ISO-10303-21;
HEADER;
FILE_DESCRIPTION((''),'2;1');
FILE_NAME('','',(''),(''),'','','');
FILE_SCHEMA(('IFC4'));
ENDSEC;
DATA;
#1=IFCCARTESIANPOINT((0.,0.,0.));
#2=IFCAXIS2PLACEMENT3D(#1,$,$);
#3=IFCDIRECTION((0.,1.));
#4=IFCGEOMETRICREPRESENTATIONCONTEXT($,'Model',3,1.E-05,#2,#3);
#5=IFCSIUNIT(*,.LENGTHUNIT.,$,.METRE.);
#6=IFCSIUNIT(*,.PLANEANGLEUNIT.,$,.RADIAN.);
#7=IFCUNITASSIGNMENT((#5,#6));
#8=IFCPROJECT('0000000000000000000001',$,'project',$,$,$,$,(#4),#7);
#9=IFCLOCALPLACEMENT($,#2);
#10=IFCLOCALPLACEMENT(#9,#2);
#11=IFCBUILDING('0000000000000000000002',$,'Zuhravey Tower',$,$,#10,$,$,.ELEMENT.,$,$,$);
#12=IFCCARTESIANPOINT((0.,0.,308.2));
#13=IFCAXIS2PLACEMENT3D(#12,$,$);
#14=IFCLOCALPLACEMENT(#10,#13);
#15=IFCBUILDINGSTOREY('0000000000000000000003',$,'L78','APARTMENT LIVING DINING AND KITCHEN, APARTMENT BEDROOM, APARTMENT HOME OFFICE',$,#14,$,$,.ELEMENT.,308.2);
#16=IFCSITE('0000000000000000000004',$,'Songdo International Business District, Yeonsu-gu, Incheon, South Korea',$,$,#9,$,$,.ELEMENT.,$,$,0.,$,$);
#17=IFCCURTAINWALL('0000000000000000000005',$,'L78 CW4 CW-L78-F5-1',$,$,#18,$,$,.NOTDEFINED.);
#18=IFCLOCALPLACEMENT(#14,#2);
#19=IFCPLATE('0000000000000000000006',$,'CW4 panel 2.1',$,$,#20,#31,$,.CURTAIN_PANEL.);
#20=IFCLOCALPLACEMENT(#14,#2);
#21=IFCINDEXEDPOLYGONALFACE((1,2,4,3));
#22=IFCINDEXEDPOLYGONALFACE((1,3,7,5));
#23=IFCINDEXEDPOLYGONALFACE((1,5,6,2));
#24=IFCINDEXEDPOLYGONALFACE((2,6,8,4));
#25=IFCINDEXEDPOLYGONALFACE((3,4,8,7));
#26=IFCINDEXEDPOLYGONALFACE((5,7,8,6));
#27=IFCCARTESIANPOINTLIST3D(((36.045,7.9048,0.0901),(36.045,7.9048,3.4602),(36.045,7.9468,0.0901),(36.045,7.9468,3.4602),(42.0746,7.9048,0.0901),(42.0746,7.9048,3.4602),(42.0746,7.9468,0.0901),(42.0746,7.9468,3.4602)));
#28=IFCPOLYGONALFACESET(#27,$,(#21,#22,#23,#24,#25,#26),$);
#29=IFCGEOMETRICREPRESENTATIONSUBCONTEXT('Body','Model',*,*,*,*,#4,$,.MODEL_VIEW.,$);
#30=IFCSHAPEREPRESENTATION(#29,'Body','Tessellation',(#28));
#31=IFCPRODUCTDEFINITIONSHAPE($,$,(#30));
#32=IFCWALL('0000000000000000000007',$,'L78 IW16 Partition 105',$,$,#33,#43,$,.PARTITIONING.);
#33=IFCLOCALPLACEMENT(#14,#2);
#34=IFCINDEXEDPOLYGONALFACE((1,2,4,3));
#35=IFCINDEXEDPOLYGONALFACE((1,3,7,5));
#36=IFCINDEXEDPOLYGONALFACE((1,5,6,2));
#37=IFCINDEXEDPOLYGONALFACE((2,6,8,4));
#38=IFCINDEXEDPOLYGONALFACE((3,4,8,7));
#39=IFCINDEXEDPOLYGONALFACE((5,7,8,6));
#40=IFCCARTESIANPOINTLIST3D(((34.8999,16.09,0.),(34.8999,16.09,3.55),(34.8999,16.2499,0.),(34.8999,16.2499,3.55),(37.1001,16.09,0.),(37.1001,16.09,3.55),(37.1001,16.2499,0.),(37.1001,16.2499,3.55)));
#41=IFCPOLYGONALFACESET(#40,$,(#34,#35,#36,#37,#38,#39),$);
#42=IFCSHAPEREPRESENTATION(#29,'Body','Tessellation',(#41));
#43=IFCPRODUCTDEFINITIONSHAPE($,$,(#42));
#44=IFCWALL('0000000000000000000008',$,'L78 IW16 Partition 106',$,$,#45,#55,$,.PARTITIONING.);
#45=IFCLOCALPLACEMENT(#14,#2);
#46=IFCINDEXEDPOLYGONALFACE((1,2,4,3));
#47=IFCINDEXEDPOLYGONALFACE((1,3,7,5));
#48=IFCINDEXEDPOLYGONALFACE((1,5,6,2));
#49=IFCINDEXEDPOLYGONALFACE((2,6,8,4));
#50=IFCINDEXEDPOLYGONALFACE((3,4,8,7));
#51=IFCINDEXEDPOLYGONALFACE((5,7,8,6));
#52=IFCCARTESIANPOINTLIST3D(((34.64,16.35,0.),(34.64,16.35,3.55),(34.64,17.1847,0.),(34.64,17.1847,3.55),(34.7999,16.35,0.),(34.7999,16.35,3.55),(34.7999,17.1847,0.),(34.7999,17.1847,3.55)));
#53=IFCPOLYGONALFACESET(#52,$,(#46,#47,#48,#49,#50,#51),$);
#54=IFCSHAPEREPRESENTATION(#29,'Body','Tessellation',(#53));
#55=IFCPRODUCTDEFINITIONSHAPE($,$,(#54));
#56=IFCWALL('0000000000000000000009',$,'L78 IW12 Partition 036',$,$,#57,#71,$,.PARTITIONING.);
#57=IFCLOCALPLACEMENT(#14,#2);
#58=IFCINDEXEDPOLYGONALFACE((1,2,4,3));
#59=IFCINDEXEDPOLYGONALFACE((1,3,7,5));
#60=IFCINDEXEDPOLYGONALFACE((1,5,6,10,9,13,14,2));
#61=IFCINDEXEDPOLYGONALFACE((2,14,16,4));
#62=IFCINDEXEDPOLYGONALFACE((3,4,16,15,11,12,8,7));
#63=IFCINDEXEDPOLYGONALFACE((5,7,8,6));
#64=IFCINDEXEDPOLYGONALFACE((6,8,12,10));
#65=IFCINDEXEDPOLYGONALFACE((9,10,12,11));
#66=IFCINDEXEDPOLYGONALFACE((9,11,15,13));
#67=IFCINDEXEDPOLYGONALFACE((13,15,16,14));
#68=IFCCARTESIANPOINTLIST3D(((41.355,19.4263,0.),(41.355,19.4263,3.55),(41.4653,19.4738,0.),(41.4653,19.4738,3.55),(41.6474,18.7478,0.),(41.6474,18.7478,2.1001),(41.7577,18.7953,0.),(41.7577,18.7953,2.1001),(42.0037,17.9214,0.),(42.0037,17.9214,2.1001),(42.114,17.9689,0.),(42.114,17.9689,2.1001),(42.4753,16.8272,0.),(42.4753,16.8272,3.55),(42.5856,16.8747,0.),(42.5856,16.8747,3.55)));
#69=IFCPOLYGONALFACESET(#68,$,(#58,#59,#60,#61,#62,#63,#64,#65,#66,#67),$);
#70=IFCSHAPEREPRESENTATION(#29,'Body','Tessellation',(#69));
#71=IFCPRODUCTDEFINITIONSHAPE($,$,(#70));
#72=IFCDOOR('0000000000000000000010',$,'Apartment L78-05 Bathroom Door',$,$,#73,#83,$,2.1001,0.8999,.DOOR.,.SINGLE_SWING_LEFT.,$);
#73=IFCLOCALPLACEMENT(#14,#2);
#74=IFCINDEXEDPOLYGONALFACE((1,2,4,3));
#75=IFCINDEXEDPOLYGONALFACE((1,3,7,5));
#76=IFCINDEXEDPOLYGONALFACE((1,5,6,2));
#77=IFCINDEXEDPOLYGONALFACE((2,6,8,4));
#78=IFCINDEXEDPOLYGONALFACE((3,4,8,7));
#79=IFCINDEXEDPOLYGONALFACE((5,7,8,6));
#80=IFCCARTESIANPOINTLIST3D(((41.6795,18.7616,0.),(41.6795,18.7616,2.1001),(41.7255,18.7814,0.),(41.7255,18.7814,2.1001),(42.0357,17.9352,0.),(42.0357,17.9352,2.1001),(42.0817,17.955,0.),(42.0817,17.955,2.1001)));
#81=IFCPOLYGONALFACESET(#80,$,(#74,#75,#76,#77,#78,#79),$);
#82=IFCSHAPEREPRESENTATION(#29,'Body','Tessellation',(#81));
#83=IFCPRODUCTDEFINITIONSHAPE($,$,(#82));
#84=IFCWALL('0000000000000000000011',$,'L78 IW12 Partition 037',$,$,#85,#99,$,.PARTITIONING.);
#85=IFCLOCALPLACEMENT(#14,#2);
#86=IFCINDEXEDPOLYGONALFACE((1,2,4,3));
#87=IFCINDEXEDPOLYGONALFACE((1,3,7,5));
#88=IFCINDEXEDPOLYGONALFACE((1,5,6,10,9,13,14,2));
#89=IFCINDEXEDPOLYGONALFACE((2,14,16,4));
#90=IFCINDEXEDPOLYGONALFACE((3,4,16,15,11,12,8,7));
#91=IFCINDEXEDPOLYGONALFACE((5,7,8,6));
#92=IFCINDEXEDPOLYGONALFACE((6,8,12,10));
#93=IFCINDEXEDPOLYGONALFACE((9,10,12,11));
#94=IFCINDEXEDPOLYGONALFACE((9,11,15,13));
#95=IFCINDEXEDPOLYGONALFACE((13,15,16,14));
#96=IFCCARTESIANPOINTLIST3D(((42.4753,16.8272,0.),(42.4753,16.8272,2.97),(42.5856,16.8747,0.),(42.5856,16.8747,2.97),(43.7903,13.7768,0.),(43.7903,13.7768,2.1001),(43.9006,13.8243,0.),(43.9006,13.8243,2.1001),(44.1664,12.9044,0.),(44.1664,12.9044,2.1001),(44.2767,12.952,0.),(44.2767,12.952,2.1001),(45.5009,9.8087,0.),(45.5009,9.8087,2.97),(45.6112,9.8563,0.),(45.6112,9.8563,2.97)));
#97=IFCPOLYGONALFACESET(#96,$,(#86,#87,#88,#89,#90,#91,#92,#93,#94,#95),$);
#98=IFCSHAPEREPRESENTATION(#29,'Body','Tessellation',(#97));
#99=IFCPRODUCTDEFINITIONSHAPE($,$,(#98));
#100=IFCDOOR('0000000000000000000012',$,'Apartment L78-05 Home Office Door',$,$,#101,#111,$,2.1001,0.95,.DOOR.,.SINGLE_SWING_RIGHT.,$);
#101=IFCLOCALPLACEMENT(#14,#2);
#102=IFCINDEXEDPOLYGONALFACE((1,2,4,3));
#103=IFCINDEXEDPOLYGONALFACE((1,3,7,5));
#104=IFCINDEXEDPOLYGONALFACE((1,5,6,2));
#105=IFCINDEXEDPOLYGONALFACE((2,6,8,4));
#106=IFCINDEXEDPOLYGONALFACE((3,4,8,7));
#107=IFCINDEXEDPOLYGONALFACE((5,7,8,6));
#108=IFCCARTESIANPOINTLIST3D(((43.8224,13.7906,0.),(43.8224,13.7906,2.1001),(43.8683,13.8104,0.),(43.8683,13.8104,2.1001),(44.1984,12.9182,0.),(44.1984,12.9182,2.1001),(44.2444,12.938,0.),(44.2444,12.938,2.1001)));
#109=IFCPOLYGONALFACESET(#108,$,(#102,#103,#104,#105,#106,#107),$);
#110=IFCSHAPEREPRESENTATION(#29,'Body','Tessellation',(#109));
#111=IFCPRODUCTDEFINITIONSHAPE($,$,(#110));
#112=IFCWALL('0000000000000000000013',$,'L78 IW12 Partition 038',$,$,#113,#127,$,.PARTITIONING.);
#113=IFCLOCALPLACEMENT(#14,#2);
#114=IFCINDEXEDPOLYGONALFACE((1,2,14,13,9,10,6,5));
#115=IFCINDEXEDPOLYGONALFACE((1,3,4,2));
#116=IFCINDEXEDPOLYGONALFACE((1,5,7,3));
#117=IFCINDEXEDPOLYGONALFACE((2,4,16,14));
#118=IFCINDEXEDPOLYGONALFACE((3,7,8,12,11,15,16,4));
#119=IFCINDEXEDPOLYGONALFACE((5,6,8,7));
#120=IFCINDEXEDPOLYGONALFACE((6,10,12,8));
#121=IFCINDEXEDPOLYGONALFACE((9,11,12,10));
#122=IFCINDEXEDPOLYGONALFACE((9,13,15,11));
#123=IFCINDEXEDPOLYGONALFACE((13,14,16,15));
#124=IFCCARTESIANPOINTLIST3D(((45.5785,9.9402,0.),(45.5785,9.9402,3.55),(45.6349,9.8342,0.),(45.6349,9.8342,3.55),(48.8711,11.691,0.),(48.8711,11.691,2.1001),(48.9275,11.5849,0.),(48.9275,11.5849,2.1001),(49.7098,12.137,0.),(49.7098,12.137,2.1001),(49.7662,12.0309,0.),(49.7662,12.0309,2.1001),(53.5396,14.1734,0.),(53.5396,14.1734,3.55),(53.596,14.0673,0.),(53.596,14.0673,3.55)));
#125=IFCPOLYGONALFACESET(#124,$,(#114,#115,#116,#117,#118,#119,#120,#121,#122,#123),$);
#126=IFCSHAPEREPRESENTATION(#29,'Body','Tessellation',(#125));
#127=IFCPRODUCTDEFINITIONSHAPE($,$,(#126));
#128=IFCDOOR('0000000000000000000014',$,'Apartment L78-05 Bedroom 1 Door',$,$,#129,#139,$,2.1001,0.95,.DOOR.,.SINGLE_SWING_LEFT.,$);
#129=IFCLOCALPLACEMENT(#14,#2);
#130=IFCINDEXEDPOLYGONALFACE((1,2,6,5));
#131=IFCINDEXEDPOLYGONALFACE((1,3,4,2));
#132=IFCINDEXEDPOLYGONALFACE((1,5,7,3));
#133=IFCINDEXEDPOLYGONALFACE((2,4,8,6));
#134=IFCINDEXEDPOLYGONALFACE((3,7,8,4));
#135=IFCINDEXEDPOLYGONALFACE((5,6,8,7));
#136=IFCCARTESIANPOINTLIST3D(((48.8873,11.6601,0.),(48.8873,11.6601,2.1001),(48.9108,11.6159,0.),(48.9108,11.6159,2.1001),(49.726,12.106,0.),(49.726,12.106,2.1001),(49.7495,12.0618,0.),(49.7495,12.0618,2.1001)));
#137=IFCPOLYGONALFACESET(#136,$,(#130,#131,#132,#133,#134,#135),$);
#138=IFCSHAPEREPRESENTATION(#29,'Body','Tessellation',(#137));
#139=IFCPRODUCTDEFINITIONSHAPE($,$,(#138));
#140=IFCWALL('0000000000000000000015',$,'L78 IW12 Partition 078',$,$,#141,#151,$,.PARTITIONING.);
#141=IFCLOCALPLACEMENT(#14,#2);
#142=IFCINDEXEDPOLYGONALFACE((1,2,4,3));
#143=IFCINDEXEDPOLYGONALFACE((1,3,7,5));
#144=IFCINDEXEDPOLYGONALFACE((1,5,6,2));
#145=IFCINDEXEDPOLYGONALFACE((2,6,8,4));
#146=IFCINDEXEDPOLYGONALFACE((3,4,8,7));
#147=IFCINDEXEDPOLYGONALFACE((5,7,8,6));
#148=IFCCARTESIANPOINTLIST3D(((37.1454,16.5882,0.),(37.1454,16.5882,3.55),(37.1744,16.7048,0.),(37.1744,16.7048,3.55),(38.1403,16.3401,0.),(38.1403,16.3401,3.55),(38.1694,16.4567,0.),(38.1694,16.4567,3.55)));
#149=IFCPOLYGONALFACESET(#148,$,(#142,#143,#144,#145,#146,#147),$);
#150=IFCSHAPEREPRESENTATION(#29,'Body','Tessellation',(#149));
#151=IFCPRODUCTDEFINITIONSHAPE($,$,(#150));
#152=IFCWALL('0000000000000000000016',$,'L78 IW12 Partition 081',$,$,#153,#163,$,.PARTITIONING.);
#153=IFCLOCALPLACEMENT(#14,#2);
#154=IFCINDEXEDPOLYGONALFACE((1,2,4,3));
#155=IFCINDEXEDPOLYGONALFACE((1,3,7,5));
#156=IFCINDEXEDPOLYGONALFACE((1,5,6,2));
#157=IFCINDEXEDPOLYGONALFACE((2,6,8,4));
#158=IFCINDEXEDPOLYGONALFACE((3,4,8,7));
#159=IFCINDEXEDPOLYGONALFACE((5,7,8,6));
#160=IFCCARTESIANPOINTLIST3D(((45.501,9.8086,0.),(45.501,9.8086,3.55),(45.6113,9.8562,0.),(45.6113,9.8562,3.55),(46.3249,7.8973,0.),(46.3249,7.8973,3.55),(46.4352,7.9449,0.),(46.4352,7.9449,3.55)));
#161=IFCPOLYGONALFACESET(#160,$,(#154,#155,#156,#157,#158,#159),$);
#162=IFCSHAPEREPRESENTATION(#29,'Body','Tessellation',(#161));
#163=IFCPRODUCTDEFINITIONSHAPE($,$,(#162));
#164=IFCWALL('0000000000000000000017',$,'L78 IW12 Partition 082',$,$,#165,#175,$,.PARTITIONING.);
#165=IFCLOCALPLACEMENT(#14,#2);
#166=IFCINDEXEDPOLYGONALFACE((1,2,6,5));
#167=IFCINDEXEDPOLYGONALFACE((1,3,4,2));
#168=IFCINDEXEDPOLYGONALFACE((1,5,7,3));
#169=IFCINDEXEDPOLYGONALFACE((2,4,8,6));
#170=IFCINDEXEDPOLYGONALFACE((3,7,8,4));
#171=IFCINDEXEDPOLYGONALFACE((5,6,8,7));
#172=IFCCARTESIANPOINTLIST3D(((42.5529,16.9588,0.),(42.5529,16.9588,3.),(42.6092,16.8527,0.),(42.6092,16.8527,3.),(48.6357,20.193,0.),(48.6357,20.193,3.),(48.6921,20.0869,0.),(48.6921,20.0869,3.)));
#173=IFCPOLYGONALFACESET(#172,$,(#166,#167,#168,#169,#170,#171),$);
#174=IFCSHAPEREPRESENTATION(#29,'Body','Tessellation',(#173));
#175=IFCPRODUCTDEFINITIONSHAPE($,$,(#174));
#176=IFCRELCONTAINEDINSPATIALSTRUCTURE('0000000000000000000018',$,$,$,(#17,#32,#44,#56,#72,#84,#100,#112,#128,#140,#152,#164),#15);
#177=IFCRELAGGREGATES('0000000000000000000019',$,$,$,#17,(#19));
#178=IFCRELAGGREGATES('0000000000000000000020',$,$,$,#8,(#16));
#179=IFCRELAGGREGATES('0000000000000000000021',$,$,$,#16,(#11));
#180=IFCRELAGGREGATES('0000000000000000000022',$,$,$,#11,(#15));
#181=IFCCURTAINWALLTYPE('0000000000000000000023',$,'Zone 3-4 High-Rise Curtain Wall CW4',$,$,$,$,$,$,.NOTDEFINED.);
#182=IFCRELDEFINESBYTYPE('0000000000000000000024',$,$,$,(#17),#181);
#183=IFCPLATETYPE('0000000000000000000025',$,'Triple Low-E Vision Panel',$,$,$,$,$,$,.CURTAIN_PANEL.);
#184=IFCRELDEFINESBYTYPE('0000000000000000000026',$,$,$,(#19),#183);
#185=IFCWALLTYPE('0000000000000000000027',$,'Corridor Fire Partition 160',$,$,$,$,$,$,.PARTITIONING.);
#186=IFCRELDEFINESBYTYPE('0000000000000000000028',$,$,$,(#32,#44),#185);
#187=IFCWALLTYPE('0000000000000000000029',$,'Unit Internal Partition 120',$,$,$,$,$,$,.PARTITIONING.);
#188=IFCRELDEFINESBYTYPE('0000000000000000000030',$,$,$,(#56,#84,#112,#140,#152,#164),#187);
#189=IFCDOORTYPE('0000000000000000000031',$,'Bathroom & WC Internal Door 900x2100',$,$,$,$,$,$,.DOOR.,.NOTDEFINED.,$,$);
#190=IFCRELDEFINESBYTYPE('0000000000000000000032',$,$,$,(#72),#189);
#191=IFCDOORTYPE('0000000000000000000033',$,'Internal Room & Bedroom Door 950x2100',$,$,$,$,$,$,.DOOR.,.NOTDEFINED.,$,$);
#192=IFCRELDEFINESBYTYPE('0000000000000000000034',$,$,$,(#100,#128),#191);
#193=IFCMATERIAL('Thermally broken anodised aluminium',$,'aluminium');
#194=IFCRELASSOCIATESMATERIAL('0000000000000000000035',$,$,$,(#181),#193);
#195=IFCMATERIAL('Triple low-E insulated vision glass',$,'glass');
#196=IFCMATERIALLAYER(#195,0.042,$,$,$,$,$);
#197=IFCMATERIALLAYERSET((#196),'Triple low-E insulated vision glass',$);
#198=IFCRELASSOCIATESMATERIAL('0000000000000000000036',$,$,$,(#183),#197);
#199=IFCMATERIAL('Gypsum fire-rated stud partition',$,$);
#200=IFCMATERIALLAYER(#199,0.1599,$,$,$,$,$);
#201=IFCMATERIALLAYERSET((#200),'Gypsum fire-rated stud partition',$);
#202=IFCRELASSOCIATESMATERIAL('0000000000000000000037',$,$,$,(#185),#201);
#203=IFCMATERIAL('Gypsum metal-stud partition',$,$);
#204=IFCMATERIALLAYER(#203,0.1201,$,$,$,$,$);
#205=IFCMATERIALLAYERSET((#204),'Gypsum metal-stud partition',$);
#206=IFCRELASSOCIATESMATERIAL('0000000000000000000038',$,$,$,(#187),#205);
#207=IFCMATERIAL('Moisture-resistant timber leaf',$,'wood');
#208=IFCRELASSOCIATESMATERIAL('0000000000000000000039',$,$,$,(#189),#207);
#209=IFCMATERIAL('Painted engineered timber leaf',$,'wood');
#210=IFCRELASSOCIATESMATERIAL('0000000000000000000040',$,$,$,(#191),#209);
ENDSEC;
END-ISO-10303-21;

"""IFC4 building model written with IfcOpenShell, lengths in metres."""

from ifc_helpers import new_model, si_unit, direction, frame, frame_2d, origin, origin_2d, place, context, subcontext, project, spatial, rectangle, extrude, material, layer, layer_set, type_object, element, fill, aggregate, save


model = new_model("IFC4")

# Units and contexts
model_context = context("Model", 3, precision=1e-05, world=origin(), true_north=direction((0.0, 1.0)))
body_context = subcontext(model_context, "Body", "Model", "MODEL_VIEW")
ifc_project = project(units=[si_unit("LENGTHUNIT", "METRE"), si_unit("PLANEANGLEUNIT", "RADIAN")], contexts=[model_context])

# Site, building, storey
site_placement = place(None, origin())
site = spatial("IfcSite", under=ifc_project, at=site_placement, Name="Songdo International Business District, Yeonsu-gu, Incheon, South Korea", CompositionType="ELEMENT", RefElevation=0.0)
building_placement = place(site_placement, origin())
building = spatial("IfcBuilding", under=site, at=building_placement, Name="Zuhravey Tower", CompositionType="ELEMENT")
storey_placement = place(building_placement, frame((0.0, 0.0, 308.2)))
storey = spatial("IfcBuildingStorey", under=building, at=storey_placement, Name="L78", Description="APARTMENT LIVING DINING AND KITCHEN, APARTMENT BEDROOM, APARTMENT HOME OFFICE", CompositionType="ELEMENT", Elevation=308.2)

# Curtain wall
ifc_material_1 = material(Name="Thermally broken anodised aluminium", Category="aluminium")
curtain_wall_type = type_object("IfcCurtainWallType", Name="Zone 3-4 High-Rise Curtain Wall CW4", PredefinedType="NOTDEFINED", material=ifc_material_1)
curtain_wall_placement = place(storey_placement, origin())
curtain_wall = element("IfcCurtainWall", 1, at=curtain_wall_placement, inside=storey, type_object=curtain_wall_type, Name="L78 CW4 CW-L78-F5-1", PredefinedType="NOTDEFINED")

# Plate
ifc_material_2 = material(Name="Triple low-E insulated vision glass", Category="glass")
ifc_layer_1 = layer(ifc_material_2, 0.042)
ifc_layer_set_1 = layer_set([ifc_layer_1], Name="Triple low-E insulated vision glass")
plate_type_1 = type_object("IfcPlateType", Name="Triple Low-E Vision Panel", PredefinedType="CURTAIN_PANEL", material=ifc_layer_set_1)
plate_1_placement = place(storey_placement, frame((39.0598, 7.9258, 0.0901), z_axis=(0.0, 0.0, 1.0), x_axis=(-1.0, 0.0, 0.0)))
plate_1 = element("IfcPlate", 2, at=plate_1_placement, type_object=plate_type_1, Name="CW4 panel 2.1", PredefinedType="CURTAIN_PANEL", context=body_context, shape_type="SweptSolid", body=[
    extrude(rectangle(XDim=6.0295, YDim=0.042, at=origin_2d()), origin(), (0.0, 0.0, 1.0), 3.3701),
])
aggregate(curtain_wall, [plate_1])

# Walls
ifc_material_3 = material(Name="Gypsum fire-rated stud partition")
ifc_layer_2 = layer(ifc_material_3, 0.1599)
ifc_layer_set_2 = layer_set([ifc_layer_2], Name="Gypsum fire-rated stud partition")
wall_type_1 = type_object("IfcWallType", Name="Corridor Fire Partition 160", PredefinedType="PARTITIONING", material=ifc_layer_set_2)
wall_1_placement = place(storey_placement, frame((34.8999, 16.1699, 0.0), z_axis=(0.0, 0.0, 1.0), x_axis=(1.0, 0.0, 0.0)))
element("IfcWall", 3, at=wall_1_placement, inside=storey, type_object=wall_type_1, Name="L78 IW16 Partition 105", PredefinedType="PARTITIONING", context=body_context, shape_type="SweptSolid", body=[
    extrude(rectangle(XDim=2.2002, YDim=0.1599, at=frame_2d((1.1001, 0.0))), origin(), (0.0, 0.0, 1.0), 3.55),
])
wall_2_placement = place(storey_placement, frame((34.72, 17.1848, 0.0), z_axis=(0.0, 0.0, 1.0), x_axis=(0.0, -1.0, 0.0)))
element("IfcWall", 4, at=wall_2_placement, inside=storey, type_object=wall_type_1, Name="L78 IW16 Partition 106", PredefinedType="PARTITIONING", context=body_context, shape_type="SweptSolid", body=[
    extrude(rectangle(XDim=0.8347, YDim=0.1599, at=frame_2d((0.4175, 0.0))), origin(), (0.0, 0.0, 1.0), 3.55),
])

# Walls, openings, doors
ifc_material_4 = material(Name="Gypsum metal-stud partition")
ifc_layer_3 = layer(ifc_material_4, 0.1201)
ifc_layer_set_3 = layer_set([ifc_layer_3], Name="Gypsum metal-stud partition")
wall_type_2 = type_object("IfcWallType", Name="Unit Internal Partition 120", PredefinedType="PARTITIONING", material=ifc_layer_set_3)
wall_3_placement = place(storey_placement, frame((41.4102, 19.45, 0.0), z_axis=(0.0, 0.0, 1.0), x_axis=(0.395844, -0.918318, 0.0)))
wall_3 = element("IfcWall", 5, at=wall_3_placement, inside=storey, type_object=wall_type_2, Name="L78 IW12 Partition 036", PredefinedType="PARTITIONING", context=body_context, shape_type="SweptSolid", body=[
    extrude(rectangle(XDim=2.8303, YDim=0.1201, at=frame_2d((1.415, 0.0))), origin(), (0.0, 0.0, 1.0), 3.55),
])
opening_1_placement = place(wall_3_placement, frame((0.7388, 0.0, 0.0)))
opening_1 = element("IfcOpeningElement", 6, at=opening_1_placement, cuts=wall_3, PredefinedType="OPENING", context=body_context, shape_type="SweptSolid", body=[
    extrude(rectangle(XDim=0.8999, YDim=2.1001, at=frame_2d((0.45, 1.05))), frame((0.0, 0.072, 0.0), z_axis=(0.0, -1.0, 0.0), x_axis=(1.0, 0.0, 0.0)), (0.0, 0.0, 1.0), 0.144),
])
ifc_material_5 = material(Name="Moisture-resistant timber leaf", Category="wood")
door_type_1 = type_object("IfcDoorType", Name="Bathroom & WC Internal Door 900x2100", OperationType="NOTDEFINED", PredefinedType="DOOR", material=ifc_material_5)
door_1_placement = place(opening_1_placement, origin())
door_1 = element("IfcDoor", 7, at=door_1_placement, inside=storey, type_object=door_type_1, Name="Apartment L78-05 Bathroom Door", OperationType="SINGLE_SWING_LEFT", OverallHeight=2.1001, OverallWidth=0.8999, PredefinedType="DOOR", context=body_context, shape_type="SweptSolid", body=[
    extrude(rectangle(XDim=0.8999, YDim=2.1001, at=frame_2d((0.45, 1.05))), frame((0.0, 0.0249, 0.0), z_axis=(0.0, -1.0, 0.0), x_axis=(1.0, 0.0, 0.0)), (0.0, 0.0, 1.0), 0.05),
])
fill(opening_1, door_1)
wall_4_placement = place(storey_placement, frame((42.5305, 16.8508, 0.0), z_axis=(0.0, 0.0, 1.0), x_axis=(0.395873, -0.918305, 0.0)))
wall_4 = element("IfcWall", 8, at=wall_4_placement, inside=storey, type_object=wall_type_2, Name="L78 IW12 Partition 037", PredefinedType="PARTITIONING", context=body_context, shape_type="SweptSolid", body=[
    extrude(rectangle(XDim=7.6428, YDim=0.1201, at=frame_2d((3.8213, 0.0))), origin(), (0.0, 0.0, 1.0), 2.97),
])
opening_2_placement = place(wall_4_placement, frame((3.3215, 0.0, 0.0)))
opening_2 = element("IfcOpeningElement", 9, at=opening_2_placement, cuts=wall_4, PredefinedType="OPENING", context=body_context, shape_type="SweptSolid", body=[
    extrude(rectangle(XDim=0.95, YDim=2.1001, at=frame_2d((0.4751, 1.05))), frame((0.0, 0.072, 0.0), z_axis=(0.0, -1.0, 0.0), x_axis=(1.0, 0.0, 0.0)), (0.0, 0.0, 1.0), 0.144),
])
ifc_material_6 = material(Name="Painted engineered timber leaf", Category="wood")
door_type_2 = type_object("IfcDoorType", Name="Internal Room & Bedroom Door 950x2100", OperationType="NOTDEFINED", PredefinedType="DOOR", material=ifc_material_6)
door_2_placement = place(opening_2_placement, origin())
door_2 = element("IfcDoor", 10, at=door_2_placement, inside=storey, type_object=door_type_2, Name="Apartment L78-05 Home Office Door", OperationType="SINGLE_SWING_RIGHT", OverallHeight=2.1001, OverallWidth=0.95, PredefinedType="DOOR", context=body_context, shape_type="SweptSolid", body=[
    extrude(rectangle(XDim=0.95, YDim=2.1001, at=frame_2d((0.4751, 1.05))), frame((0.0, 0.0249, 0.0), z_axis=(0.0, -1.0, 0.0), x_axis=(1.0, 0.0, 0.0)), (0.0, 0.0, 1.0), 0.05),
])
fill(opening_2, door_2)
wall_5_placement = place(storey_placement, frame((45.6067, 9.8872, 0.0), z_axis=(0.0, 0.0, 1.0), x_axis=(0.882942, 0.469482, 0.0)))
wall_5 = element("IfcWall", 11, at=wall_5_placement, inside=storey, type_object=wall_type_2, Name="L78 IW12 Partition 038", PredefinedType="PARTITIONING", context=body_context, shape_type="SweptSolid", body=[
    extrude(rectangle(XDim=9.0166, YDim=0.1201, at=frame_2d((4.5083, 0.0))), origin(), (0.0, 0.0, 1.0), 3.55),
])
opening_3_placement = place(wall_5_placement, frame((3.729, 0.0, 0.0)))
opening_3 = element("IfcOpeningElement", 12, at=opening_3_placement, cuts=wall_5, PredefinedType="OPENING", context=body_context, shape_type="SweptSolid", body=[
    extrude(rectangle(XDim=0.95, YDim=2.1001, at=frame_2d((0.4751, 1.05))), frame((0.0, 0.072, 0.0), z_axis=(0.0, -1.0, 0.0), x_axis=(1.0, 0.0, 0.0)), (0.0, 0.0, 1.0), 0.144),
])
door_3_placement = place(opening_3_placement, frame((0.95, 0.0, 0.0), z_axis=(0.0, 0.0, 1.0), x_axis=(-1.0, 0.0, 0.0)))
door_3 = element("IfcDoor", 13, at=door_3_placement, inside=storey, type_object=door_type_2, Name="Apartment L78-05 Bedroom 1 Door", OperationType="SINGLE_SWING_LEFT", OverallHeight=2.1001, OverallWidth=0.95, PredefinedType="DOOR", context=body_context, shape_type="SweptSolid", body=[
    extrude(rectangle(XDim=0.95, YDim=2.1001, at=frame_2d((0.4751, 1.05))), frame((0.0, 0.0249, 0.0), z_axis=(0.0, -1.0, 0.0), x_axis=(1.0, 0.0, 0.0)), (0.0, 0.0, 1.0), 0.05),
])
fill(opening_3, door_3)

# Walls
wall_6_placement = place(storey_placement, frame((37.1599, 16.6465, 0.0), z_axis=(0.0, 0.0, 1.0), x_axis=(0.970296, -0.241919, 0.0)))
element("IfcWall", 14, at=wall_6_placement, inside=storey, type_object=wall_type_2, Name="L78 IW12 Partition 078", PredefinedType="PARTITIONING", context=body_context, shape_type="SweptSolid", body=[
    extrude(rectangle(XDim=1.0254, YDim=0.1201, at=frame_2d((0.5127, 0.0))), origin(), (0.0, 0.0, 1.0), 3.55),
])
wall_7_placement = place(storey_placement, frame((45.5562, 9.8323, 0.0), z_axis=(0.0, 0.0, 1.0), x_axis=(0.395872, -0.918306, 0.0)))
element("IfcWall", 15, at=wall_7_placement, inside=storey, type_object=wall_type_2, Name="L78 IW12 Partition 081", PredefinedType="PARTITIONING", context=body_context, shape_type="SweptSolid", body=[
    extrude(rectangle(XDim=2.0813, YDim=0.1201, at=frame_2d((1.0405, 0.0))), origin(), (0.0, 0.0, 1.0), 3.55),
])
wall_8_placement = place(storey_placement, frame((42.5811, 16.9058, 0.0), z_axis=(0.0, 0.0, 1.0), x_axis=(0.882956, 0.469457, 0.0)))
element("IfcWall", 16, at=wall_8_placement, inside=storey, type_object=wall_type_2, Name="L78 IW12 Partition 082", PredefinedType="PARTITIONING", context=body_context, shape_type="SweptSolid", body=[
    extrude(rectangle(XDim=6.8892, YDim=0.1201, at=frame_2d((3.4446, 0.0))), origin(), (0.0, 0.0, 1.0), 3.0),
])

save(model, "model.ifc")
